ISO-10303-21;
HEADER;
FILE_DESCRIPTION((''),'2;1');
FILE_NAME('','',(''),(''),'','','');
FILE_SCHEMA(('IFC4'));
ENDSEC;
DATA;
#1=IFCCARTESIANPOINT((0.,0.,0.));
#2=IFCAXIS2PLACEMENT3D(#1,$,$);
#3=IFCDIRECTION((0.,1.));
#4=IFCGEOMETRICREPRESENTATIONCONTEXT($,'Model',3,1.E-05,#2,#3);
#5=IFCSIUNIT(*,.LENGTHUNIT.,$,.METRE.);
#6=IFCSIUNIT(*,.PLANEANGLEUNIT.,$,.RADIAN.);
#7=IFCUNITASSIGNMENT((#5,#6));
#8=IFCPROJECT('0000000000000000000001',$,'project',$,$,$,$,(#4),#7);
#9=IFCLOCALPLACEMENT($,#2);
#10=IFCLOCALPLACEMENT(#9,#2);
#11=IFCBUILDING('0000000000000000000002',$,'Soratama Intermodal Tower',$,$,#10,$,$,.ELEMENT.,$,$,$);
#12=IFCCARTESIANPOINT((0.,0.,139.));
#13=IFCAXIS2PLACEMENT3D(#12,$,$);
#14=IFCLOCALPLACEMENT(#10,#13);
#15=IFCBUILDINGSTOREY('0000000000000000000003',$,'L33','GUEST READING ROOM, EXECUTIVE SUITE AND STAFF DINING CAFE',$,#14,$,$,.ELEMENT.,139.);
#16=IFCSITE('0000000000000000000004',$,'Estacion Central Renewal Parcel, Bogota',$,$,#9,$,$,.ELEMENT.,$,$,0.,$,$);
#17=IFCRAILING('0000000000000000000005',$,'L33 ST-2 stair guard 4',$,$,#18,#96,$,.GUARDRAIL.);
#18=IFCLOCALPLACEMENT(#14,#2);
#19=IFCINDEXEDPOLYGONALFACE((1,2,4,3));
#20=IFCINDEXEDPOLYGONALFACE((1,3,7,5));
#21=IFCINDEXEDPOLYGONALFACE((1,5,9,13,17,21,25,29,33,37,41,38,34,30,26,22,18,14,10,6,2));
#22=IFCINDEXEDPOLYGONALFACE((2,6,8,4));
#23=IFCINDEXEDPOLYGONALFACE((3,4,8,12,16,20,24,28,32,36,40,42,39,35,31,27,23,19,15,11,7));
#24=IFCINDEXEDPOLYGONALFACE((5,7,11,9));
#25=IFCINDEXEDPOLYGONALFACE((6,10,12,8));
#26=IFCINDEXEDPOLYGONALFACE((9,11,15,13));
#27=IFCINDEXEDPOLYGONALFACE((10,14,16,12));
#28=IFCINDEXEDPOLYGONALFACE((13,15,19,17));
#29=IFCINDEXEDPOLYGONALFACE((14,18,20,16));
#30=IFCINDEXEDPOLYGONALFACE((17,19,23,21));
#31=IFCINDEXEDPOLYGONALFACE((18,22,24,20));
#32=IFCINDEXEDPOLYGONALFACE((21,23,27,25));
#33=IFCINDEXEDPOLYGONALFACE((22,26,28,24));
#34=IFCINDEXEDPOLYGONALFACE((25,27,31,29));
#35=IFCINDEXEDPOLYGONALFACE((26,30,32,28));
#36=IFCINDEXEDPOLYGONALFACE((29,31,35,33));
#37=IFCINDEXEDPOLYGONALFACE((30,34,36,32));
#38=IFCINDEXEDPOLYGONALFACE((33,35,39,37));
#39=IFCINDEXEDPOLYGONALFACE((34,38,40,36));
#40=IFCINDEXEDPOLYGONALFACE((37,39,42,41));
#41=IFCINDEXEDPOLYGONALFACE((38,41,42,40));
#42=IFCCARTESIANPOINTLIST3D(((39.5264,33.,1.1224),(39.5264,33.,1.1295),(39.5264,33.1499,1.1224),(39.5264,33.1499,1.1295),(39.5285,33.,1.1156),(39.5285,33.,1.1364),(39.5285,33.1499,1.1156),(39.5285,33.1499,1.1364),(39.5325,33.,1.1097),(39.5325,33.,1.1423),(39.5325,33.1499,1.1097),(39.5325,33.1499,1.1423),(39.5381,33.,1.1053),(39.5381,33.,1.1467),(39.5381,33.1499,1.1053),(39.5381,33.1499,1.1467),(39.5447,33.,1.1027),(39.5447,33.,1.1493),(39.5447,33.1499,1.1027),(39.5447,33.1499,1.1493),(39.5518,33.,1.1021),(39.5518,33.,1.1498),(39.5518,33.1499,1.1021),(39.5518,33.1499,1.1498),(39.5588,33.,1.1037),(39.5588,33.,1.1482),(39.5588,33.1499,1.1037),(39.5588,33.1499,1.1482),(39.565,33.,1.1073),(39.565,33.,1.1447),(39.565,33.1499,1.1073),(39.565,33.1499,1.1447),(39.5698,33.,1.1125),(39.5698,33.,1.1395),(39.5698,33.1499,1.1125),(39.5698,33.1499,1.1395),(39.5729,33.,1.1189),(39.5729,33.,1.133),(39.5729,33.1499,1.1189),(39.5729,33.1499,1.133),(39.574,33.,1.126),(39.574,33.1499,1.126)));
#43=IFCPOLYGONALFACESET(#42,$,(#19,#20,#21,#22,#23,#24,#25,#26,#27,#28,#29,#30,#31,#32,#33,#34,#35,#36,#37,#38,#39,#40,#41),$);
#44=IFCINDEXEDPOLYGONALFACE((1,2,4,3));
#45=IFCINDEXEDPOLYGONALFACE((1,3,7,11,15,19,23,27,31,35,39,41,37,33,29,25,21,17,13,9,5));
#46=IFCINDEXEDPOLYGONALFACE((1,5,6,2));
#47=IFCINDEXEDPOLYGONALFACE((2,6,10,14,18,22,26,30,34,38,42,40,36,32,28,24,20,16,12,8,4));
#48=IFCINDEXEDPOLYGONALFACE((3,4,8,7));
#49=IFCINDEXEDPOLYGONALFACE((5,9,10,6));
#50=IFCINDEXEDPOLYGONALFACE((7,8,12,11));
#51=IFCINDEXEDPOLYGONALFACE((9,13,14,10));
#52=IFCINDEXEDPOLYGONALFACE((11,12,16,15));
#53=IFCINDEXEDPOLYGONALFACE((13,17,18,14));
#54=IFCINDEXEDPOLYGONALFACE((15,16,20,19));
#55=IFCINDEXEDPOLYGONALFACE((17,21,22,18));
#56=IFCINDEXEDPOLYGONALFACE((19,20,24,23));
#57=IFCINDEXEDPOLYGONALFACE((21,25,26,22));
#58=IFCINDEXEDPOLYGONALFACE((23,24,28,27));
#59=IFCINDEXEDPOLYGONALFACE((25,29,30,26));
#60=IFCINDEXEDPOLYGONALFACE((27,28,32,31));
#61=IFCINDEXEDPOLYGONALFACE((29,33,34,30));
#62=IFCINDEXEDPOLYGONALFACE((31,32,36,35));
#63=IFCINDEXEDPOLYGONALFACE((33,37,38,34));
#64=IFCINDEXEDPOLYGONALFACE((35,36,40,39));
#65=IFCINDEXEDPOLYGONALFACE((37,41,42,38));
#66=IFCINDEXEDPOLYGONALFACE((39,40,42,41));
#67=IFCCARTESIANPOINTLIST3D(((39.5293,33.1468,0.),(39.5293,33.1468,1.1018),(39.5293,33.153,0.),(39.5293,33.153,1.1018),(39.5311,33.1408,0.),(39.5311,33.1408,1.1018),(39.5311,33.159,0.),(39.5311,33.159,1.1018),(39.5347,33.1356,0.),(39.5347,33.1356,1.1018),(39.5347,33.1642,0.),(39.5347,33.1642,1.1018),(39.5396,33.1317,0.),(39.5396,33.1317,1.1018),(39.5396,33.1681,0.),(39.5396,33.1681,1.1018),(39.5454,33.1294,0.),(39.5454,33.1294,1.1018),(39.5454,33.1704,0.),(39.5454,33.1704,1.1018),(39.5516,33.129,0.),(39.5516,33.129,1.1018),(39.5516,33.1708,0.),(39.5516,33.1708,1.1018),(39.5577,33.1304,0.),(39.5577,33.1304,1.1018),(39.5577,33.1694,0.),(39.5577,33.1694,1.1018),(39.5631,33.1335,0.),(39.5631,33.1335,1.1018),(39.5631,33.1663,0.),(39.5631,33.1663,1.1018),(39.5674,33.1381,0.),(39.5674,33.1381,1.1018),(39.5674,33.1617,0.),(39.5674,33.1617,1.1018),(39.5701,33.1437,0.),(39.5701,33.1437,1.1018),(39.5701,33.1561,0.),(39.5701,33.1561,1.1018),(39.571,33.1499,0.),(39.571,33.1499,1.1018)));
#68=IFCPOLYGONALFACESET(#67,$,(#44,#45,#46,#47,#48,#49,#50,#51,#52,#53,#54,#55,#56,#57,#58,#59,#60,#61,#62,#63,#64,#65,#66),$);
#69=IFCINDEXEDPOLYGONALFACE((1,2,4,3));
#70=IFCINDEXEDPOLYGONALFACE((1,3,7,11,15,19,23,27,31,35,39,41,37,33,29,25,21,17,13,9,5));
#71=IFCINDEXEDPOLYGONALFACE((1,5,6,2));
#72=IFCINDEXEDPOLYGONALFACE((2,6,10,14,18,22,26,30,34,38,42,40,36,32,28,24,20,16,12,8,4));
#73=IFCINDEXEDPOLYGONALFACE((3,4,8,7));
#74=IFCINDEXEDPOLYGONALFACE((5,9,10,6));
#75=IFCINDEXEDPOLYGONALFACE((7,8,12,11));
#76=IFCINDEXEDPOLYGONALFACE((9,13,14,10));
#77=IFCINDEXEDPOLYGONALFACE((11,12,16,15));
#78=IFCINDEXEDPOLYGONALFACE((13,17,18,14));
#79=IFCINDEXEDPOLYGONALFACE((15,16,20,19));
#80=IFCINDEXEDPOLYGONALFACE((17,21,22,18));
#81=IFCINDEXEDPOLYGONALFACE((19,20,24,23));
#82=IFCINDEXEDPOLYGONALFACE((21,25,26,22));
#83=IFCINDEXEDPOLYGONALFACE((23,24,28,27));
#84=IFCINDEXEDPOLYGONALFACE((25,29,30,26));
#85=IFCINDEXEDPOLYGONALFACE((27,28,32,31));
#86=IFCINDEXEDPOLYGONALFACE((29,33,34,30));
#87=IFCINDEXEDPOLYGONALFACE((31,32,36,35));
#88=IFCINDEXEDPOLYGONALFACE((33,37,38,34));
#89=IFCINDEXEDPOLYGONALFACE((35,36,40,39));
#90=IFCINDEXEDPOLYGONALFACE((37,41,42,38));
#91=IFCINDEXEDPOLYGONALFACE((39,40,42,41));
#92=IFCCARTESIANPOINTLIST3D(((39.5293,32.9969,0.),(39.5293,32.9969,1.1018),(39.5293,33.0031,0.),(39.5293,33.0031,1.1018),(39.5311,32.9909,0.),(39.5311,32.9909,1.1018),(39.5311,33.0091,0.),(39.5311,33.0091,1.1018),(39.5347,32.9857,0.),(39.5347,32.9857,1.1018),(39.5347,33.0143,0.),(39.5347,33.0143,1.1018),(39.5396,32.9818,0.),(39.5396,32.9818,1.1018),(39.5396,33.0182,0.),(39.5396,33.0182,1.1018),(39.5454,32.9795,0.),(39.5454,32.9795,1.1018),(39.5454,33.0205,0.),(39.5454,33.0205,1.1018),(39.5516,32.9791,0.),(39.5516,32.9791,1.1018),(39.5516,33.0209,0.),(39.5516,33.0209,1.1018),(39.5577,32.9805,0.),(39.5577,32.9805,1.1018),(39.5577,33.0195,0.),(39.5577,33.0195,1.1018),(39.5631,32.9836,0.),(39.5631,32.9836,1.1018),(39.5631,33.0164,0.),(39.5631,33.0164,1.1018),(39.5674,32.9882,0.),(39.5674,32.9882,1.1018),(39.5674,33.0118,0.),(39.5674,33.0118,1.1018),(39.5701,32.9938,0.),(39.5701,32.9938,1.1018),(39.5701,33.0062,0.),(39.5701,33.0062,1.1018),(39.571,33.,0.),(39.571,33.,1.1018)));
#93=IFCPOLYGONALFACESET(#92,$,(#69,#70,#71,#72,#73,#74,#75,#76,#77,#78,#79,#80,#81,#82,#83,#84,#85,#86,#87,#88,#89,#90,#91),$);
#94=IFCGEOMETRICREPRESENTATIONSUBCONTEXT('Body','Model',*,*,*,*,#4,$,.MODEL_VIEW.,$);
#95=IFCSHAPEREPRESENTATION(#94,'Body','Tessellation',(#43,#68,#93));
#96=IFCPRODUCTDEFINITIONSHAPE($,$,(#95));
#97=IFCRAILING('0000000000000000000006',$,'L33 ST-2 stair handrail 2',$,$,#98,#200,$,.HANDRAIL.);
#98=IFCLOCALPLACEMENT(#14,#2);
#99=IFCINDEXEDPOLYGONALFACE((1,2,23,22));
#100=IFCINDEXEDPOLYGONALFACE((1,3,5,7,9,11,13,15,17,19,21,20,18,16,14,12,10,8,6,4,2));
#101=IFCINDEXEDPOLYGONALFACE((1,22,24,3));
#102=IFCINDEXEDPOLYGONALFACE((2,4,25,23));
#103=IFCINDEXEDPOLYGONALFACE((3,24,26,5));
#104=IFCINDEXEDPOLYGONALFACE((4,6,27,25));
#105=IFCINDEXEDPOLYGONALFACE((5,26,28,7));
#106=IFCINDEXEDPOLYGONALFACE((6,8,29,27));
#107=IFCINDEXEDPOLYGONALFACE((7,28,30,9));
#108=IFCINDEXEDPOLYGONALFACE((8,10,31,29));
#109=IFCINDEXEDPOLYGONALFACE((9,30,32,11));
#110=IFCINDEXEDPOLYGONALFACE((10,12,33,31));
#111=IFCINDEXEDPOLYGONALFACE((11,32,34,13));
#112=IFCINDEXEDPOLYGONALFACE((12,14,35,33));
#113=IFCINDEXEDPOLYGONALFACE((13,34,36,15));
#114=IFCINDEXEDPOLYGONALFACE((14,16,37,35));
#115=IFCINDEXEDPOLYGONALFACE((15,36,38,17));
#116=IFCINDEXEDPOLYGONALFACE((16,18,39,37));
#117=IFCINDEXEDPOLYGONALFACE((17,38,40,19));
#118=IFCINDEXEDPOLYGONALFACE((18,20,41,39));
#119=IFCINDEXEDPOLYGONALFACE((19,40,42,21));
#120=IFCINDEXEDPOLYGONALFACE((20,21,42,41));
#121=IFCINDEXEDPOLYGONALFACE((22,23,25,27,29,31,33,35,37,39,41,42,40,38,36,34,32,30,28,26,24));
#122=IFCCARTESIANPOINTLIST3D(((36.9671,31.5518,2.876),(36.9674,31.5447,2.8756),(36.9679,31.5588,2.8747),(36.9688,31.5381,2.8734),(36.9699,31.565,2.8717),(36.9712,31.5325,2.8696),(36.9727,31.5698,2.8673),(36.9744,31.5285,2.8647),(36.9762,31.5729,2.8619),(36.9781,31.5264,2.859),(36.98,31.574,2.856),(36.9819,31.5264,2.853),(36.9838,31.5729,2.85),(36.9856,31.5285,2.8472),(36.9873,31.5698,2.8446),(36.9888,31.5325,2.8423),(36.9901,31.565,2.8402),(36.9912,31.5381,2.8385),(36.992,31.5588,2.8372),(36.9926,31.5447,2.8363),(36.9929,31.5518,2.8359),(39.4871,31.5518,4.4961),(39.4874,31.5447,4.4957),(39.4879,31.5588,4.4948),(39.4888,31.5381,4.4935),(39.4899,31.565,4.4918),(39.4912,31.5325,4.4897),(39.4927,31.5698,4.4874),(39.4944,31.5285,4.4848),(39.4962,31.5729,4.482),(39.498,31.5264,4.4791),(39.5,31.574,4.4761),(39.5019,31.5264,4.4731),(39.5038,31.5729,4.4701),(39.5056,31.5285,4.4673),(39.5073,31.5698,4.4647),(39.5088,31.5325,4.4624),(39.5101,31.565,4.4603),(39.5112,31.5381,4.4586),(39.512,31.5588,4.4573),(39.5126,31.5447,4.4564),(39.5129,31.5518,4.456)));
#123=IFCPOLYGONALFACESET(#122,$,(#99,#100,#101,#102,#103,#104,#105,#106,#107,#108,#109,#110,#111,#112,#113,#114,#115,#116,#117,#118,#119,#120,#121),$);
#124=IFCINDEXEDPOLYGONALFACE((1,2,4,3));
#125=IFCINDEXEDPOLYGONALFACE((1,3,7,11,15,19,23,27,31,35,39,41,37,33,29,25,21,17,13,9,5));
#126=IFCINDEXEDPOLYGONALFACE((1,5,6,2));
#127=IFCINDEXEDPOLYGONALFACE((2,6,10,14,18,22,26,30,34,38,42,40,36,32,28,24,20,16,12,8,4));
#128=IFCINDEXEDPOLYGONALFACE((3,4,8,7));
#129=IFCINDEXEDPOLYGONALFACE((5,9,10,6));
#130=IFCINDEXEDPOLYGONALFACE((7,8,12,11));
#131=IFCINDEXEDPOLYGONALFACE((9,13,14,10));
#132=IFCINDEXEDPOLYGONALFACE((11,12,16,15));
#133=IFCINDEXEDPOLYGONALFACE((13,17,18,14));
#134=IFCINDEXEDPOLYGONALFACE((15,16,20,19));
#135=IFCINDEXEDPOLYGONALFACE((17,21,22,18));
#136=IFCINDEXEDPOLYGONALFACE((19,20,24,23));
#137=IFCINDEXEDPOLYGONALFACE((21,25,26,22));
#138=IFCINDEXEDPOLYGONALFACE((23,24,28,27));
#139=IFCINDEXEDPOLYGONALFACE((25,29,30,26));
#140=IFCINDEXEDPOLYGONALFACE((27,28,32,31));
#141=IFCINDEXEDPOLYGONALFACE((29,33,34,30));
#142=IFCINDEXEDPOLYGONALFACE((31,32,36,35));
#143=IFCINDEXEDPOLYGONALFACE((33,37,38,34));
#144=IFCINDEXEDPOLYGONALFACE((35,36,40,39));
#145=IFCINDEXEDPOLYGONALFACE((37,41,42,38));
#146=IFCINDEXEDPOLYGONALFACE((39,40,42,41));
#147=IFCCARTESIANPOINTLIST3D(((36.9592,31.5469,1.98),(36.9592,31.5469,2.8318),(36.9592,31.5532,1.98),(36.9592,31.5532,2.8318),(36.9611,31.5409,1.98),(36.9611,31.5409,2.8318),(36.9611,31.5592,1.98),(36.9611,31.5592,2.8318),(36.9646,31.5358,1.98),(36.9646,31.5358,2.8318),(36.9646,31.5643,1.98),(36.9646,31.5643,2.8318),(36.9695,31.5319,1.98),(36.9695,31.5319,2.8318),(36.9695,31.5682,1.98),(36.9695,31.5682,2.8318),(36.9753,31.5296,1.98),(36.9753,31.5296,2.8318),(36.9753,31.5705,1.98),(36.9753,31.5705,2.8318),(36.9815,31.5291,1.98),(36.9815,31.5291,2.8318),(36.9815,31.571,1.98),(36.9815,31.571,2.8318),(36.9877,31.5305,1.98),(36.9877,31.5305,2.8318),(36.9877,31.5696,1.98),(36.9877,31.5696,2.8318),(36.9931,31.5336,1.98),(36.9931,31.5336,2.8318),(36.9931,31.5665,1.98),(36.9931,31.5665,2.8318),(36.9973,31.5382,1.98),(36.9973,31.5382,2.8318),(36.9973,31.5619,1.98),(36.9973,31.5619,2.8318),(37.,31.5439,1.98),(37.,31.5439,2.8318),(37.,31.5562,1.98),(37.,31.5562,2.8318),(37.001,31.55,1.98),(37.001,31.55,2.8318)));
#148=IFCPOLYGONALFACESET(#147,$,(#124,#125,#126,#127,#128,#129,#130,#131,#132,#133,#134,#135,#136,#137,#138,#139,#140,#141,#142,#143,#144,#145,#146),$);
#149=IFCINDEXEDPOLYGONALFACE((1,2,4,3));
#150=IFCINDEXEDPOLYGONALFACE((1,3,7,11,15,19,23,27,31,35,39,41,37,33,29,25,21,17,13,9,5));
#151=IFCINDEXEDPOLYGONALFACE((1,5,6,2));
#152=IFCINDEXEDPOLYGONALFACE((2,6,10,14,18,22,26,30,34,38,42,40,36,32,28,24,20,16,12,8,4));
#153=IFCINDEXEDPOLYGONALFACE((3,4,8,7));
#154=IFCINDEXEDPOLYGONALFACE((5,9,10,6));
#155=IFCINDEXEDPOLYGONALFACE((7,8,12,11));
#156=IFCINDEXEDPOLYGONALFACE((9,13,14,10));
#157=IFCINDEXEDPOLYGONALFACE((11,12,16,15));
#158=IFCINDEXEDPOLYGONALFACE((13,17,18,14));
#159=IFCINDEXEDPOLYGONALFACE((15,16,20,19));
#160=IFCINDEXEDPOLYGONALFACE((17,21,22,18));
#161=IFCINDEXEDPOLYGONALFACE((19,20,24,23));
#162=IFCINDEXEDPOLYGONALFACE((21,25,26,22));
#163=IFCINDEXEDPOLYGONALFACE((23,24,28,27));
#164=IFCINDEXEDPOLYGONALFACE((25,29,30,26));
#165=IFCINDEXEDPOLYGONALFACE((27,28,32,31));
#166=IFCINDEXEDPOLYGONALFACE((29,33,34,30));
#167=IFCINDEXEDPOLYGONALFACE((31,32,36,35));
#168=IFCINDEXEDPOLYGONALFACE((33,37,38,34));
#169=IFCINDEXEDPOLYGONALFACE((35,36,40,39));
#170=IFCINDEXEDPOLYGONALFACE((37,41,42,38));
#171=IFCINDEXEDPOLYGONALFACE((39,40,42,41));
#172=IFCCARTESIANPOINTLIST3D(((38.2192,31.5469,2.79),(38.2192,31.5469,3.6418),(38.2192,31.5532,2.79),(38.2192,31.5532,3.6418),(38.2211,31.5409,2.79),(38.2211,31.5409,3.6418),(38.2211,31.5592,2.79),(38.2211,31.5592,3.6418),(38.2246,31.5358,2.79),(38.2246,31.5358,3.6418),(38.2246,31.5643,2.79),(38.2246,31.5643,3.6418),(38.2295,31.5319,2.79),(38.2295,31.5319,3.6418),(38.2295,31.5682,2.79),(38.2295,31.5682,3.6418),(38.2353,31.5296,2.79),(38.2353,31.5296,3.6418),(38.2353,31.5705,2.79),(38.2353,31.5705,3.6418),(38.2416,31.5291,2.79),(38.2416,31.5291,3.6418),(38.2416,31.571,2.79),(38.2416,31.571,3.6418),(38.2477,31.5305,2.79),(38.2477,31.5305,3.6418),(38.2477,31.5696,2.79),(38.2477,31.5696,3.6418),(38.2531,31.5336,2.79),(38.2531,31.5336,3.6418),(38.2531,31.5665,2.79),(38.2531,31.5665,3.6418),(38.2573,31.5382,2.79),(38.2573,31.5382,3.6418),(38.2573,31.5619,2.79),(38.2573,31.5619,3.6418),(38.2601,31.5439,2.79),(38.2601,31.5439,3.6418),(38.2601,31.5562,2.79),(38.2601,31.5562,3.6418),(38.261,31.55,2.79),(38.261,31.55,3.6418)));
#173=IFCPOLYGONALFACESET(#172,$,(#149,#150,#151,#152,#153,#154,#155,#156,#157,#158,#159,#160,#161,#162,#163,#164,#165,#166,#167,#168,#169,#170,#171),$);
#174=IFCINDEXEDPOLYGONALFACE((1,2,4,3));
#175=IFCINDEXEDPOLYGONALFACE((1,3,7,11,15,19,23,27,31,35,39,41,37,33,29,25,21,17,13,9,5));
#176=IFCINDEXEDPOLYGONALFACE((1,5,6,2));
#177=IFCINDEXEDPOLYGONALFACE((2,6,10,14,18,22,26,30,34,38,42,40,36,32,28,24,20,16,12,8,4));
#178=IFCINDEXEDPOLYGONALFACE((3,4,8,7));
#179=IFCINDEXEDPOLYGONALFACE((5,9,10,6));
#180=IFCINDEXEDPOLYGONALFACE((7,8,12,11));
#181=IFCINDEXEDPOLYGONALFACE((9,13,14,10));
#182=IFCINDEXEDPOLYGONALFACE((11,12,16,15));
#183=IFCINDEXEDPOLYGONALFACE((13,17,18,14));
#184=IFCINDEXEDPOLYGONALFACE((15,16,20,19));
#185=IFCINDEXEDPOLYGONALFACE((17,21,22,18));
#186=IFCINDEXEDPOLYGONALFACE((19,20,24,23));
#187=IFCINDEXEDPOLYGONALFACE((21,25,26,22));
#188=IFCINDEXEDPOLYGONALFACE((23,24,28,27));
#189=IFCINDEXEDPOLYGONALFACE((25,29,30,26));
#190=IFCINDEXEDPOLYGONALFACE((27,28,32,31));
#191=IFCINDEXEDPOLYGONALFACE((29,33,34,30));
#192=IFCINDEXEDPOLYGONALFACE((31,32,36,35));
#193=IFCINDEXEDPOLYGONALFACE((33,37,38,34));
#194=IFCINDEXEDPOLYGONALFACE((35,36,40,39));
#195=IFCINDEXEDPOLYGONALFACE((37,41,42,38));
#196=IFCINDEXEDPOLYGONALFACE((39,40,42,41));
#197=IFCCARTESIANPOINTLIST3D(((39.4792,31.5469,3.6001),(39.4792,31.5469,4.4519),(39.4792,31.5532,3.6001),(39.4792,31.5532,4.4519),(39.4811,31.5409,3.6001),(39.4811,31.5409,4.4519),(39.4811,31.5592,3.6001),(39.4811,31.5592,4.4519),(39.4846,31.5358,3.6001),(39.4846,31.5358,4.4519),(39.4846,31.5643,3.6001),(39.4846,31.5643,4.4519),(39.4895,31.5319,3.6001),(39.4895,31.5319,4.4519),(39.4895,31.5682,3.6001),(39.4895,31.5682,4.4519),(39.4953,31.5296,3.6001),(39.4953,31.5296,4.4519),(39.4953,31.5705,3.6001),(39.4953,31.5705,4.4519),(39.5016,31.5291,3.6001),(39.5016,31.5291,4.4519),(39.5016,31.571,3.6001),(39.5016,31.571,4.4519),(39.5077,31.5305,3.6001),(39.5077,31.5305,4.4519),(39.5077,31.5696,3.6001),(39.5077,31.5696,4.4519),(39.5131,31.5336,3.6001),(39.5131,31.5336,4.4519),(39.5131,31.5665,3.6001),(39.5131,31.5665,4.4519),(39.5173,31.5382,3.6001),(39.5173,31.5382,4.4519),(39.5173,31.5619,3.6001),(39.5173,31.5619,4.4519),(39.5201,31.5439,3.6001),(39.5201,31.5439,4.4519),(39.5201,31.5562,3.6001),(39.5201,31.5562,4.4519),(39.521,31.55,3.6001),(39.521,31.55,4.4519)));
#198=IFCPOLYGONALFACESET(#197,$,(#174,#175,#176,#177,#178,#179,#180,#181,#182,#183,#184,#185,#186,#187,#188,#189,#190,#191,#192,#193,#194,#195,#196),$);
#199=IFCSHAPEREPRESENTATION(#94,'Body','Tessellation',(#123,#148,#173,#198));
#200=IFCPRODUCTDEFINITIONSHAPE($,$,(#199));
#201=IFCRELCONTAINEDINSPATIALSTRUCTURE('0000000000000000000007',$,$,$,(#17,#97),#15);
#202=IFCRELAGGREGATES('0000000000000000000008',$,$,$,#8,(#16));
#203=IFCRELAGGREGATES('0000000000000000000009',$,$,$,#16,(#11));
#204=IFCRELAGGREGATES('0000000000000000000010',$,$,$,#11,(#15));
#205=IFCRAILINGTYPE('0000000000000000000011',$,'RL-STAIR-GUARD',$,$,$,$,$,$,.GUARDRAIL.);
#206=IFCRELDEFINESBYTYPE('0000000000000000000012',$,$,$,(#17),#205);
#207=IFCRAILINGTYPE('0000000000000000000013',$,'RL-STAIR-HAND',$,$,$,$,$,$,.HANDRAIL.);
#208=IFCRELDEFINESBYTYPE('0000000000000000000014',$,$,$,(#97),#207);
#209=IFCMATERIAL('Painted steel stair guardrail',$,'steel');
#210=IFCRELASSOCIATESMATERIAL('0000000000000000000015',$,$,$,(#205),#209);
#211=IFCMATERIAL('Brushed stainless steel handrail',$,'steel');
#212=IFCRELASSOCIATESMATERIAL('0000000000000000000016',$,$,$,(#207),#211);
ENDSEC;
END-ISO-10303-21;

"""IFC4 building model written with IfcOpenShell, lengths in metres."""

from ifc_helpers import new_model, si_unit, direction, frame, origin, origin_2d, place, context, subcontext, project, spatial, circle, extrude, material, type_object, element, save


model = new_model("IFC4")

# Units and contexts
model_context = context("Model", 3, precision=1e-05, world=origin(), true_north=direction((0.0, 1.0)))
body_context = subcontext(model_context, "Body", "Model", "MODEL_VIEW")
ifc_project = project(units=[si_unit("LENGTHUNIT", "METRE"), si_unit("PLANEANGLEUNIT", "RADIAN")], contexts=[model_context])

# Site, building, storey
site_placement = place(None, origin())
site = spatial("IfcSite", under=ifc_project, at=site_placement, Name="Estacion Central Renewal Parcel, Bogota", CompositionType="ELEMENT", RefElevation=0.0)
building_placement = place(site_placement, origin())
building = spatial("IfcBuilding", under=site, at=building_placement, Name="Soratama Intermodal Tower", CompositionType="ELEMENT")
storey_placement = place(building_placement, frame((0.0, 0.0, 139.0)))
storey = spatial("IfcBuildingStorey", under=building, at=storey_placement, Name="L33", Description="GUEST READING ROOM, EXECUTIVE SUITE AND STAFF DINING CAFE", CompositionType="ELEMENT", Elevation=139.0)

# Railings
ifc_material_1 = material(Name="Painted steel stair guardrail", Category="steel")
railing_type_1 = type_object("IfcRailingType", Name="RL-STAIR-GUARD", PredefinedType="GUARDRAIL", material=ifc_material_1)
railing_1_placement = place(storey_placement, frame((39.55, 33.1499, 0.0)))
element("IfcRailing", 1, at=railing_1_placement, inside=storey, type_object=railing_type_1, Name="L33 ST-2 stair guard 4", PredefinedType="GUARDRAIL", context=body_context, shape_type="SweptSolid", body=[
    extrude(circle(Radius=0.0239, at=origin_2d()), frame((0.0, 0.0, 1.126), z_axis=(0.0, -1.0, 0.0), x_axis=(1.0, 0.0, 0.0)), (0.0, 0.0, 1.0), 0.1499),
    extrude(circle(Radius=0.021, at=origin_2d()), origin(), (0.0, 0.0, 1.0), 1.1018),
    extrude(circle(Radius=0.021, at=origin_2d()), frame((0.0, -0.1499, 0.0)), (0.0, 0.0, 1.0), 1.1018),
])
ifc_material_2 = material(Name="Brushed stainless steel handrail", Category="steel")
railing_type_2 = type_object("IfcRailingType", Name="RL-STAIR-HAND", PredefinedType="HANDRAIL", material=ifc_material_2)
railing_2_placement = place(storey_placement, frame((36.98, 31.55, 1.98)))
element("IfcRailing", 2, at=railing_2_placement, inside=storey, type_object=railing_type_2, Name="L33 ST-2 stair handrail 2", PredefinedType="HANDRAIL", context=body_context, shape_type="SweptSolid", body=[
    extrude(circle(Radius=0.0239, at=origin_2d()), frame((0.0, 0.0, 0.876), z_axis=(0.841163, 0.0, 0.540782), x_axis=(0.0, 1.0, 0.0)), (0.0, 0.0, 1.0), 2.9958),
    extrude(circle(Radius=0.021, at=origin_2d()), origin(), (0.0, 0.0, 1.0), 0.8518),
    extrude(circle(Radius=0.021, at=origin_2d()), frame((1.26, 0.0, 0.8101)), (0.0, 0.0, 1.0), 0.8518),
    extrude(circle(Radius=0.021, at=origin_2d()), frame((2.52, 0.0, 1.6201)), (0.0, 0.0, 1.0), 0.8518),
])

save(model, "model.ifc")
